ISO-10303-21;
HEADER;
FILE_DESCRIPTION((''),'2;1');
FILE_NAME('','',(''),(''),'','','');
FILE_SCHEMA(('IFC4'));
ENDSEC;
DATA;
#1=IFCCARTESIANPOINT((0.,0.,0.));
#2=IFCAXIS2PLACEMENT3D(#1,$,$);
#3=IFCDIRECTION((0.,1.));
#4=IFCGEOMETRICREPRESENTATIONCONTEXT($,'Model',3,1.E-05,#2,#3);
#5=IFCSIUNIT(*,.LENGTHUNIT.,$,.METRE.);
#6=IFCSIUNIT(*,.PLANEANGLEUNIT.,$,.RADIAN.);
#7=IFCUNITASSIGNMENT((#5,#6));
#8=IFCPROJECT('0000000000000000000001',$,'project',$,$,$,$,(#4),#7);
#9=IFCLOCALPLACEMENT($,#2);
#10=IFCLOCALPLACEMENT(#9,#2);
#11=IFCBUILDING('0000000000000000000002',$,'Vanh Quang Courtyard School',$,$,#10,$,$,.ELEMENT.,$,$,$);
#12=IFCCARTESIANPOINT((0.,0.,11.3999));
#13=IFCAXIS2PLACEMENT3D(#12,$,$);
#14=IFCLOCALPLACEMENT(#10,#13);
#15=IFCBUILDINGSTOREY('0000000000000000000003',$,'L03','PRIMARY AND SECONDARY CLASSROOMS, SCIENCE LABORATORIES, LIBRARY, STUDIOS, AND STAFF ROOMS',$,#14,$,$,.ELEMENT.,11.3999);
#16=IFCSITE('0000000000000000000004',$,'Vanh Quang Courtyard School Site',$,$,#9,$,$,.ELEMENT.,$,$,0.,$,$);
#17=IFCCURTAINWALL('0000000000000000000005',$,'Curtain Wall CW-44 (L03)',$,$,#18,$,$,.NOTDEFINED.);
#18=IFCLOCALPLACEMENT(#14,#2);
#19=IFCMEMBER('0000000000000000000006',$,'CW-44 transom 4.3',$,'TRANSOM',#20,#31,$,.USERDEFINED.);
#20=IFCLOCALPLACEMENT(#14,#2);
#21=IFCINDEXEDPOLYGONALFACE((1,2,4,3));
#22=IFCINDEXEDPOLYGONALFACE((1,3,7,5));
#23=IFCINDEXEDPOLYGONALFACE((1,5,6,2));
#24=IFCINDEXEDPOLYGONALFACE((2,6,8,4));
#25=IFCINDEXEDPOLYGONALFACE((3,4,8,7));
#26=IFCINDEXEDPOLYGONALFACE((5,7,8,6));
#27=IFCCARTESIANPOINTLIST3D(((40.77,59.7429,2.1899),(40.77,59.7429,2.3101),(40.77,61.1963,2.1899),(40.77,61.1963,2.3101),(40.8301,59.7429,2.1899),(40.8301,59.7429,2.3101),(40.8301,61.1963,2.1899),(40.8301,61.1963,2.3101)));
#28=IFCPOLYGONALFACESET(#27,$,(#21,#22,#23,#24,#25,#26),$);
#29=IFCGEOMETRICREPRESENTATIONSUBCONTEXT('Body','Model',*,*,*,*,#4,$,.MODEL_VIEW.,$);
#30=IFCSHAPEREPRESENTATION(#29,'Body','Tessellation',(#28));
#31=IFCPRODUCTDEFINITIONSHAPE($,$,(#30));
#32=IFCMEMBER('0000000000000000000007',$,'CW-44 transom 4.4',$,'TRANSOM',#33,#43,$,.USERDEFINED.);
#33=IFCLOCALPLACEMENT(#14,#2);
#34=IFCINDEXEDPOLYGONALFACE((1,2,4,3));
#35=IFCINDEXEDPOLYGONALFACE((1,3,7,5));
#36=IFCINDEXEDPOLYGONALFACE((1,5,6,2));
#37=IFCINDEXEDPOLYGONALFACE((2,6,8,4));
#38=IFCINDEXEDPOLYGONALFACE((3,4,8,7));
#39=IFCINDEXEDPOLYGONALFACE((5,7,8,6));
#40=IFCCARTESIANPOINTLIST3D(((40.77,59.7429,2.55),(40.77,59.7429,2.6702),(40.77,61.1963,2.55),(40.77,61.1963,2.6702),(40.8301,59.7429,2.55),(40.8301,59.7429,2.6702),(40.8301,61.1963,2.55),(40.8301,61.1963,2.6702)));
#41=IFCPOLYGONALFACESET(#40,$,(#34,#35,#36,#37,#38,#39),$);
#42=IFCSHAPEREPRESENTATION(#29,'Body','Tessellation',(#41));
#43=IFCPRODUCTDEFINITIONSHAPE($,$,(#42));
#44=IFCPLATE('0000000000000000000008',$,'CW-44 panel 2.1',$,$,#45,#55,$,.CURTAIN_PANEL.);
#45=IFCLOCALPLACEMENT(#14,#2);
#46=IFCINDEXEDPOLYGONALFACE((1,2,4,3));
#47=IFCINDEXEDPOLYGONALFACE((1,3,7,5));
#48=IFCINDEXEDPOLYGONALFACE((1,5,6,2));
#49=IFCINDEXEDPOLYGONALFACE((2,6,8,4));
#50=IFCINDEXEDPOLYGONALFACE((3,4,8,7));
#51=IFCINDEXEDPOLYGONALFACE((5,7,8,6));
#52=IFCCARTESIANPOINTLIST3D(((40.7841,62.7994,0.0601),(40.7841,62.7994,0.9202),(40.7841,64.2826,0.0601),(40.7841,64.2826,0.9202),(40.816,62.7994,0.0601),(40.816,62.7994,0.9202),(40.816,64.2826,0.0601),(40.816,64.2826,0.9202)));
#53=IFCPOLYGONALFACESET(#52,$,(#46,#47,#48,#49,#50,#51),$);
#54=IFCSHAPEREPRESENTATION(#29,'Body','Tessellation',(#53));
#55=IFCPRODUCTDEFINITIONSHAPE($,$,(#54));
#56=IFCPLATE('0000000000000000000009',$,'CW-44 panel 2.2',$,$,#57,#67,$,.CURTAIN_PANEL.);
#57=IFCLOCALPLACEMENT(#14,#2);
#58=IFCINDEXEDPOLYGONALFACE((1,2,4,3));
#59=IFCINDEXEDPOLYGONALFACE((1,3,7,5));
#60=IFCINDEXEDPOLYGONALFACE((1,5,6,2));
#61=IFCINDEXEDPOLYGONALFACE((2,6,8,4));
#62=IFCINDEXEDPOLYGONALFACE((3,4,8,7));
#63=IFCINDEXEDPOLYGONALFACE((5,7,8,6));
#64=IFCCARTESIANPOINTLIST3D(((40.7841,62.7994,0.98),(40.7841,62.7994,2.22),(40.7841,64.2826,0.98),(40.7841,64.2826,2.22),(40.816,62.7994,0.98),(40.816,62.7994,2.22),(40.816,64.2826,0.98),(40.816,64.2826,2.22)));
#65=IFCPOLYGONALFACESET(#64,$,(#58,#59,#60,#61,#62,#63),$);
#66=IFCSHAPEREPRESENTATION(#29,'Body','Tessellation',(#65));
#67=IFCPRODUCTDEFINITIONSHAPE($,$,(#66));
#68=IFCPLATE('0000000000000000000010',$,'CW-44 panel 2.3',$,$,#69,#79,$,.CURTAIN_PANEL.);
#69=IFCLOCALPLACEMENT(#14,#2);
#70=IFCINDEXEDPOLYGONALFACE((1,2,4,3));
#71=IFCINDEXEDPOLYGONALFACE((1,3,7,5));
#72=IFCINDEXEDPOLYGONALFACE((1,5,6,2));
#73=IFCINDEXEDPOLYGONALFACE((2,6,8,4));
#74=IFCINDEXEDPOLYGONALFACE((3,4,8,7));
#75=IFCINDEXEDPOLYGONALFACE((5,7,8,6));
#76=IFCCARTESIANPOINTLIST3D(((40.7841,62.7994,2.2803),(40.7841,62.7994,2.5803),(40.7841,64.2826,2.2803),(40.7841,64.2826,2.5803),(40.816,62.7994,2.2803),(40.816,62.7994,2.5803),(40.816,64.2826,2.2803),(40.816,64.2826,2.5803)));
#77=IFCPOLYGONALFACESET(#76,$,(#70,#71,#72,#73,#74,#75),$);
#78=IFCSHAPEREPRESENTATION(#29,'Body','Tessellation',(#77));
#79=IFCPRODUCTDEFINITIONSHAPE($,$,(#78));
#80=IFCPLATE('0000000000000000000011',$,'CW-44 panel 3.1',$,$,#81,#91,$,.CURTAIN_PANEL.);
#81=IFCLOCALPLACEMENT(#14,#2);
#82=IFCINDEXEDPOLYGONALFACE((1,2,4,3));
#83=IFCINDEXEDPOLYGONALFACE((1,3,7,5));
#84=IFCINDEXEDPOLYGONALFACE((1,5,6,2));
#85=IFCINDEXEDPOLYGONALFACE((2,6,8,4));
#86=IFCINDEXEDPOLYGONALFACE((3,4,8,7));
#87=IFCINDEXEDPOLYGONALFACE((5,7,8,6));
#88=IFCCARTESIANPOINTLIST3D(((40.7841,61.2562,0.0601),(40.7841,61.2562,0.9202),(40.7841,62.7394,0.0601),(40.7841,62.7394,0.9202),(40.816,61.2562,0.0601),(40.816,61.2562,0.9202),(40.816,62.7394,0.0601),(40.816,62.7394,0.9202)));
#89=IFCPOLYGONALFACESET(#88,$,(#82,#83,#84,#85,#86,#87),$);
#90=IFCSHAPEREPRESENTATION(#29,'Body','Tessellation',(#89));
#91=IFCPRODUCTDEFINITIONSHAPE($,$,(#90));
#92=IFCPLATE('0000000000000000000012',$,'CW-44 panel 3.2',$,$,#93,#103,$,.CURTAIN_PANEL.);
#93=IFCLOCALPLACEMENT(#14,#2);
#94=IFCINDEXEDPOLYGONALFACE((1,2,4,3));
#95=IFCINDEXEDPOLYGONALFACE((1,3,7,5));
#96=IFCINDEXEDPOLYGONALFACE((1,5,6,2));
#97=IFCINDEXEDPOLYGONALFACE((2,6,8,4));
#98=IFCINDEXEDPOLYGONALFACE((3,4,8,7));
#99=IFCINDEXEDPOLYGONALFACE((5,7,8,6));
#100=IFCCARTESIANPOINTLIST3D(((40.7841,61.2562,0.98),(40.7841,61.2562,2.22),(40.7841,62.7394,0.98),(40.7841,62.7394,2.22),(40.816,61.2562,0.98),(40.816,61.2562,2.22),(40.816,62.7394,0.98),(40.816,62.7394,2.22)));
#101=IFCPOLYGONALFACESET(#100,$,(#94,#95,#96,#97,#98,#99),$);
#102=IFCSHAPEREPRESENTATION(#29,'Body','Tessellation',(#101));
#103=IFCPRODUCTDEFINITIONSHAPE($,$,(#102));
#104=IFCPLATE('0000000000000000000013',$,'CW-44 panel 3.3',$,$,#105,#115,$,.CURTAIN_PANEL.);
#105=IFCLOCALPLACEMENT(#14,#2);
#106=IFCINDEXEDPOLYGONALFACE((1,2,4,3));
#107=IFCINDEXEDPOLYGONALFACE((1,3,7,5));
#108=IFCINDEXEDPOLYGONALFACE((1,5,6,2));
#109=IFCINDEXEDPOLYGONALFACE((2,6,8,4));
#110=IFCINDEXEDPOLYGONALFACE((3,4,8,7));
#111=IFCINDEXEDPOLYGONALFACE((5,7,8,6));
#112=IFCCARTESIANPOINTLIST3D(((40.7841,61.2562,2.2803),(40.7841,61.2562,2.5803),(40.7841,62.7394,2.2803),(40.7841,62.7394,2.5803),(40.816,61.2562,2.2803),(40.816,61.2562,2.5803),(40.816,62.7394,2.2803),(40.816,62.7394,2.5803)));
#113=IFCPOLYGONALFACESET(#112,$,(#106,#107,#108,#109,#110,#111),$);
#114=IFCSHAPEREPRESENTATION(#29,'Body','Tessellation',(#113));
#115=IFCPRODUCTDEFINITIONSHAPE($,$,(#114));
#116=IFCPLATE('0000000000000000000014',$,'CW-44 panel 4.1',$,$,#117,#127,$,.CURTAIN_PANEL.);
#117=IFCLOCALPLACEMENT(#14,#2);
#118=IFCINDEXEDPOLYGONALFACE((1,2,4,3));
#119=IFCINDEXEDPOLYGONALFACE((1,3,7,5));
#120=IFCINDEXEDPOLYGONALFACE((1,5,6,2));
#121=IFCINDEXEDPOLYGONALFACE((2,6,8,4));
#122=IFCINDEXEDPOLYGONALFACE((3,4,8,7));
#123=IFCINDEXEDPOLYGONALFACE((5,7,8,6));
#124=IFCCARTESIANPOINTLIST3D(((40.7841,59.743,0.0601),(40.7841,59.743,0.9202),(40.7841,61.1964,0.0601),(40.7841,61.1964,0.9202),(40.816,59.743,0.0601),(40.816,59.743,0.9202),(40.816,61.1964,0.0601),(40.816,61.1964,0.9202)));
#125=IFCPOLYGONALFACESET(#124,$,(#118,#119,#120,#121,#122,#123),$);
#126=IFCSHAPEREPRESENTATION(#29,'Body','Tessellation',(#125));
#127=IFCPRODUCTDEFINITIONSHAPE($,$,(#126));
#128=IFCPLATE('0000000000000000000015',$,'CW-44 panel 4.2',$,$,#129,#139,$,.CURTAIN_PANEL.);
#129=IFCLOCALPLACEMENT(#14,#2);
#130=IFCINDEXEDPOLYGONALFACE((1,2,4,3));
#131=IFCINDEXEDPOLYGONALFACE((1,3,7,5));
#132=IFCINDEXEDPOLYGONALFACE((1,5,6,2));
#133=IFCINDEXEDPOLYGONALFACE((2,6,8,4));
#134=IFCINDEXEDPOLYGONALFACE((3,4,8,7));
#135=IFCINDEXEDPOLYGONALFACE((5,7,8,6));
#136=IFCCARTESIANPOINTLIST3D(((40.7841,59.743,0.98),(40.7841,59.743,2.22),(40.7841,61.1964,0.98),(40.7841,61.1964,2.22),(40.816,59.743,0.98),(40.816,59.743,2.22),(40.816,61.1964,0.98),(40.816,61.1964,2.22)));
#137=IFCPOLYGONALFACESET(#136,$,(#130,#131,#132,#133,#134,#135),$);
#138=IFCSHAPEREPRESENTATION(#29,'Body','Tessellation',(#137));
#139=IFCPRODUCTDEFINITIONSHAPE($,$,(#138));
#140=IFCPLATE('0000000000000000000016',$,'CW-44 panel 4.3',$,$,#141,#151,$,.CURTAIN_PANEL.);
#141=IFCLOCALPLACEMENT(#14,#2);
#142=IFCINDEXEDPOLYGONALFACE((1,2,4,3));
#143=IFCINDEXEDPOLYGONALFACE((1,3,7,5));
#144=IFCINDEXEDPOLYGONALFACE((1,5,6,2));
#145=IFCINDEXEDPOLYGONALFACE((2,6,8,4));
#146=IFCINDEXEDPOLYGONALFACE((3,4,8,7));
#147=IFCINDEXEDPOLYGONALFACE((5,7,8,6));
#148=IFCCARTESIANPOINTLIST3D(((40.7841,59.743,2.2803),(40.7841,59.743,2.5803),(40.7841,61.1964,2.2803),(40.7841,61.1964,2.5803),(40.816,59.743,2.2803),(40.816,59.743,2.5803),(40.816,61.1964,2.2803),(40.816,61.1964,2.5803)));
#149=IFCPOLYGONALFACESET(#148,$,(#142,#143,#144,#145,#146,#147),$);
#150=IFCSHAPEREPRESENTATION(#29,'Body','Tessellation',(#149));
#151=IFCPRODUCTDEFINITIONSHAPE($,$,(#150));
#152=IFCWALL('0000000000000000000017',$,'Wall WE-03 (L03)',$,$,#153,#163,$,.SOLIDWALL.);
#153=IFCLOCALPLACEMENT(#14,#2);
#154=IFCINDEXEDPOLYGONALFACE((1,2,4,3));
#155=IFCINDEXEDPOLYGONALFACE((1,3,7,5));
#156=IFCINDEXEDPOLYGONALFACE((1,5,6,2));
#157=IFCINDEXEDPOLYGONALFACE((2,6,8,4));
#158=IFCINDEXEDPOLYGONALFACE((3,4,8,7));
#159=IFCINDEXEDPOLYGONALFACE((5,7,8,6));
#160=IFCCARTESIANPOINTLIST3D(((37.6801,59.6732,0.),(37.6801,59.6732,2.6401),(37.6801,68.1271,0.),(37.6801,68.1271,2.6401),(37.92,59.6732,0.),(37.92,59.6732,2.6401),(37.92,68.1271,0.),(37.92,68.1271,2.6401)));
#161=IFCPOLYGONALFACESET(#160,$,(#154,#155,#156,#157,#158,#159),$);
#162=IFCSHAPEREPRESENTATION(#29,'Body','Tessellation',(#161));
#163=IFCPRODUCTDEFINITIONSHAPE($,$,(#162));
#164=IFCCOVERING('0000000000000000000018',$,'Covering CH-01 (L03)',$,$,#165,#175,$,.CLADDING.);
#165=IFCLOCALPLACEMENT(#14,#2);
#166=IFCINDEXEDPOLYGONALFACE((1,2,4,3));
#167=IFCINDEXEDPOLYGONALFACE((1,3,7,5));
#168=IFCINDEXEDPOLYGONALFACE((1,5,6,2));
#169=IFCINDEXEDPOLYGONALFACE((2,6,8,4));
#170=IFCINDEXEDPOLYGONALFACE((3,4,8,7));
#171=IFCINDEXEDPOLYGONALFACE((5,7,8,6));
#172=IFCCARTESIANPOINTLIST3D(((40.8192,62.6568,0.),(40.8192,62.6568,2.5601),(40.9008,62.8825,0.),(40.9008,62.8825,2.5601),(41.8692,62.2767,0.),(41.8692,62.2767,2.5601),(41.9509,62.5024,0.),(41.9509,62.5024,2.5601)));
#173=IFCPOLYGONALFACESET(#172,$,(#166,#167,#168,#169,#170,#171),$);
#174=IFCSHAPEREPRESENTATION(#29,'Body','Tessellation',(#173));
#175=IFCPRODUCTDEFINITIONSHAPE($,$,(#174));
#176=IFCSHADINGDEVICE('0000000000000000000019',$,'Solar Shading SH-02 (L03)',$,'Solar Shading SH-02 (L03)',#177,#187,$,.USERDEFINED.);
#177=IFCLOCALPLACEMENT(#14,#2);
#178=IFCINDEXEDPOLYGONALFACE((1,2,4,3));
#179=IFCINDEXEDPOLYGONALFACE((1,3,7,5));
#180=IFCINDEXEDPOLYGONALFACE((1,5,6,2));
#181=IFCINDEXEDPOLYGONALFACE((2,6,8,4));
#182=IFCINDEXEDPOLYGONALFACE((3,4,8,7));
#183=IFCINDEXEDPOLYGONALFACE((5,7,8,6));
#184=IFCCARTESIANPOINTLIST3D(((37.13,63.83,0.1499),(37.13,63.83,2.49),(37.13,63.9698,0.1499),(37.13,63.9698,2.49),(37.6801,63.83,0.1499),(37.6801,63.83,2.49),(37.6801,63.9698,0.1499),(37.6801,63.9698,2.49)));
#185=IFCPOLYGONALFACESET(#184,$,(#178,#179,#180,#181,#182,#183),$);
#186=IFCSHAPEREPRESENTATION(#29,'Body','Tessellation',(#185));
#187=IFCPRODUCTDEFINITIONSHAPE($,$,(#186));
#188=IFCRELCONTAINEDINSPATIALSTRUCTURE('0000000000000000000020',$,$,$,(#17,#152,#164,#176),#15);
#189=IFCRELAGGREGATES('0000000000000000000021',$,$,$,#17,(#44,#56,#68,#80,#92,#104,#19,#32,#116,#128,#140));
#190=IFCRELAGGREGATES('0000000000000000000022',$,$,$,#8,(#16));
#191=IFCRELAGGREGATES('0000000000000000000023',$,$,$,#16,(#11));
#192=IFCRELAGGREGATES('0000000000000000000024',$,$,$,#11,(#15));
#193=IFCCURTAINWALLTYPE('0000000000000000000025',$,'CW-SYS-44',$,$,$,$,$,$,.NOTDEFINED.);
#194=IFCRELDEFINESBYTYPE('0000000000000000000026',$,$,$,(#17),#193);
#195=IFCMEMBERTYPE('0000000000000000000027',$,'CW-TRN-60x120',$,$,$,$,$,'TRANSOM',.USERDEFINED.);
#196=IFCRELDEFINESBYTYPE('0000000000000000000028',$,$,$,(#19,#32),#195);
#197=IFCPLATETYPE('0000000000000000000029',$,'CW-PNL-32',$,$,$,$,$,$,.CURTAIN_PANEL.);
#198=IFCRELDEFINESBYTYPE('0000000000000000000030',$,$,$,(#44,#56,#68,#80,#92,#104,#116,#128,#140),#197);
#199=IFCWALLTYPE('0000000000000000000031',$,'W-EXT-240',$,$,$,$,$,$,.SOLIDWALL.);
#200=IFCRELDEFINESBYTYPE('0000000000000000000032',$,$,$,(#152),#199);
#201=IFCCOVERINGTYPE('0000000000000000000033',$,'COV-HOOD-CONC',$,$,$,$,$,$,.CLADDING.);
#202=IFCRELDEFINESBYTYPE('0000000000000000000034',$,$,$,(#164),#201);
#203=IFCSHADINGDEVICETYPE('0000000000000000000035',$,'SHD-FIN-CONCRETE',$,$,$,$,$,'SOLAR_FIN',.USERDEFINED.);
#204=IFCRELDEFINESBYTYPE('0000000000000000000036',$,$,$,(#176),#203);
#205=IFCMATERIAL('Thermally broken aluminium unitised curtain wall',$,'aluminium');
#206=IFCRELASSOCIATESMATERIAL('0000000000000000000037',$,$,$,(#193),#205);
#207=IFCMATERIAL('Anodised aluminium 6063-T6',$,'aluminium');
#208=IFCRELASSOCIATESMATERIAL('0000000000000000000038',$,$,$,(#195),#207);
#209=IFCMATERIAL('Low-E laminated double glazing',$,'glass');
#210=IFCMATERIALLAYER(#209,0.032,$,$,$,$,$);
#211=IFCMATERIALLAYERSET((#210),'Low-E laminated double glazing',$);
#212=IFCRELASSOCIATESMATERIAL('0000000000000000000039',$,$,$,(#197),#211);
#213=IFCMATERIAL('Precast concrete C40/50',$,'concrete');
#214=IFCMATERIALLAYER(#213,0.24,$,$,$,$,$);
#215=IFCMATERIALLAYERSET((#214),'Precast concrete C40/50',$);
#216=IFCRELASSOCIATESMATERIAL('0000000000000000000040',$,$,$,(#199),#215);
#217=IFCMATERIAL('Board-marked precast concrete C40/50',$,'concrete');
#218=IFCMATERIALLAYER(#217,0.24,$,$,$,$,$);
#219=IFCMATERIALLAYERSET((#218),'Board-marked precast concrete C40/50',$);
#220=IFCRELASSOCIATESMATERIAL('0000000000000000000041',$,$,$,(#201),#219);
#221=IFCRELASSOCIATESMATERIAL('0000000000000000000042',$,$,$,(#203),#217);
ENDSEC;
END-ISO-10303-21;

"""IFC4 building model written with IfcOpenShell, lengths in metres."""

from ifc_helpers import new_model, si_unit, direction, frame, frame_2d, origin, origin_2d, place, context, subcontext, project, spatial, rectangle, extrude, material, layer, layer_set, material_profile, profile_set, type_object, element, aggregate, save


model = new_model("IFC4")

# Units and contexts
model_context = context("Model", 3, precision=1e-05, world=origin(), true_north=direction((0.0, 1.0)))
body_context = subcontext(model_context, "Body", "Model", "MODEL_VIEW")
ifc_project = project(units=[si_unit("LENGTHUNIT", "METRE"), si_unit("PLANEANGLEUNIT", "RADIAN")], contexts=[model_context])

# Site, building, storey
site_placement = place(None, origin())
site = spatial("IfcSite", under=ifc_project, at=site_placement, Name="Vanh Quang Courtyard School Site", CompositionType="ELEMENT", RefElevation=0.0)
building_placement = place(site_placement, origin())
building = spatial("IfcBuilding", under=site, at=building_placement, Name="Vanh Quang Courtyard School", CompositionType="ELEMENT")
storey_placement = place(building_placement, frame((0.0, 0.0, 11.3999)))
storey = spatial("IfcBuildingStorey", under=building, at=storey_placement, Name="L03", Description="PRIMARY AND SECONDARY CLASSROOMS, SCIENCE LABORATORIES, LIBRARY, STUDIOS, AND STAFF ROOMS", CompositionType="ELEMENT", Elevation=11.3999)

# Curtain wall, members, plates
ifc_material_1 = material(Name="Thermally broken aluminium unitised curtain wall", Category="aluminium")
curtain_wall_type = type_object("IfcCurtainWallType", Name="CW-SYS-44", PredefinedType="NOTDEFINED", material=ifc_material_1)
curtain_wall_placement = place(storey_placement, origin())
curtain_wall = element("IfcCurtainWall", 1, at=curtain_wall_placement, inside=storey, type_object=curtain_wall_type, Name="Curtain Wall CW-44 (L03)", PredefinedType="NOTDEFINED")
ifc_material_2 = material(Name="Anodised aluminium 6063-T6", Category="aluminium")
ifc_material_profile_1 = material_profile(ifc_material_2, rectangle(XDim=0.0601, YDim=0.1201, at=origin_2d()), Name="ALU-TRN 60x120")
ifc_profile_set_1 = profile_set([ifc_material_profile_1], Name="Anodised aluminium 6063-T6")
member_type_1 = type_object("IfcMemberType", Name="CW-TRN-60x120", ElementType="TRANSOM", PredefinedType="USERDEFINED", material=ifc_profile_set_1)
member_1_placement = place(storey_placement, frame((40.8, 61.1963, 2.25), z_axis=(0.0, -1.0, 0.0), x_axis=(1.0, 0.0, 0.0)))
member_1 = element("IfcMember", 2, at=member_1_placement, type_object=member_type_1, Name="CW-44 transom 4.3", ObjectType="TRANSOM", PredefinedType="USERDEFINED", context=body_context, shape_type="SweptSolid", body=[
    extrude(rectangle(XDim=0.0601, YDim=0.1201, at=origin_2d()), origin(), (0.0, 0.0, 1.0), 1.4534),
])
member_2_placement = place(storey_placement, frame((40.8, 61.1963, 2.6101), z_axis=(0.0, -1.0, 0.0), x_axis=(1.0, 0.0, 0.0)))
member_2 = element("IfcMember", 3, at=member_2_placement, type_object=member_type_1, Name="CW-44 transom 4.4", ObjectType="TRANSOM", PredefinedType="USERDEFINED", context=body_context, shape_type="SweptSolid", body=[
    extrude(rectangle(XDim=0.0601, YDim=0.1201, at=origin_2d()), origin(), (0.0, 0.0, 1.0), 1.4534),
])
ifc_material_3 = material(Name="Low-E laminated double glazing", Category="glass")
ifc_layer_1 = layer(ifc_material_3, 0.032)
ifc_layer_set_1 = layer_set([ifc_layer_1], Name="Low-E laminated double glazing")
plate_type = type_object("IfcPlateType", Name="CW-PNL-32", PredefinedType="CURTAIN_PANEL", material=ifc_layer_set_1)
plate_1_placement = place(storey_placement, frame((40.8, 63.541, 0.0601), z_axis=(0.0, 0.0, 1.0), x_axis=(0.0, -1.0, 0.0)))
plate_1 = element("IfcPlate", 4, at=plate_1_placement, type_object=plate_type, Name="CW-44 panel 2.1", PredefinedType="CURTAIN_PANEL", context=body_context, shape_type="SweptSolid", body=[
    extrude(rectangle(XDim=1.4832, YDim=0.032, at=origin_2d()), origin(), (0.0, 0.0, 1.0), 0.8601),
])
plate_2_placement = place(storey_placement, frame((40.8, 63.541, 0.98), z_axis=(0.0, 0.0, 1.0), x_axis=(0.0, -1.0, 0.0)))
plate_2 = element("IfcPlate", 5, at=plate_2_placement, type_object=plate_type, Name="CW-44 panel 2.2", PredefinedType="CURTAIN_PANEL", context=body_context, shape_type="SweptSolid", body=[
    extrude(rectangle(XDim=1.4832, YDim=0.032, at=origin_2d()), origin(), (0.0, 0.0, 1.0), 1.24),
])
plate_3_placement = place(storey_placement, frame((40.8, 63.541, 2.2803), z_axis=(0.0, 0.0, 1.0), x_axis=(0.0, -1.0, 0.0)))
plate_3 = element("IfcPlate", 6, at=plate_3_placement, type_object=plate_type, Name="CW-44 panel 2.3", PredefinedType="CURTAIN_PANEL", context=body_context, shape_type="SweptSolid", body=[
    extrude(rectangle(XDim=1.4832, YDim=0.032, at=origin_2d()), origin(), (0.0, 0.0, 1.0), 0.3),
])
plate_4_placement = place(storey_placement, frame((40.8, 61.9978, 0.0601), z_axis=(0.0, 0.0, 1.0), x_axis=(0.0, -1.0, 0.0)))
plate_4 = element("IfcPlate", 7, at=plate_4_placement, type_object=plate_type, Name="CW-44 panel 3.1", PredefinedType="CURTAIN_PANEL", context=body_context, shape_type="SweptSolid", body=[
    extrude(rectangle(XDim=1.4832, YDim=0.032, at=origin_2d()), origin(), (0.0, 0.0, 1.0), 0.8601),
])
plate_5_placement = place(storey_placement, frame((40.8, 61.9978, 0.98), z_axis=(0.0, 0.0, 1.0), x_axis=(0.0, -1.0, 0.0)))
plate_5 = element("IfcPlate", 8, at=plate_5_placement, type_object=plate_type, Name="CW-44 panel 3.2", PredefinedType="CURTAIN_PANEL", context=body_context, shape_type="SweptSolid", body=[
    extrude(rectangle(XDim=1.4832, YDim=0.032, at=origin_2d()), origin(), (0.0, 0.0, 1.0), 1.24),
])
plate_6_placement = place(storey_placement, frame((40.8, 61.9978, 2.2803), z_axis=(0.0, 0.0, 1.0), x_axis=(0.0, -1.0, 0.0)))
plate_6 = element("IfcPlate", 9, at=plate_6_placement, type_object=plate_type, Name="CW-44 panel 3.3", PredefinedType="CURTAIN_PANEL", context=body_context, shape_type="SweptSolid", body=[
    extrude(rectangle(XDim=1.4832, YDim=0.032, at=origin_2d()), origin(), (0.0, 0.0, 1.0), 0.3),
])
plate_7_placement = place(storey_placement, frame((40.8, 60.4697, 0.0601), z_axis=(0.0, 0.0, 1.0), x_axis=(0.0, -1.0, 0.0)))
plate_7 = element("IfcPlate", 10, at=plate_7_placement, type_object=plate_type, Name="CW-44 panel 4.1", PredefinedType="CURTAIN_PANEL", context=body_context, shape_type="SweptSolid", body=[
    extrude(rectangle(XDim=1.4534, YDim=0.032, at=origin_2d()), origin(), (0.0, 0.0, 1.0), 0.8601),
])
plate_8_placement = place(storey_placement, frame((40.8, 60.4697, 0.98), z_axis=(0.0, 0.0, 1.0), x_axis=(0.0, -1.0, 0.0)))
plate_8 = element("IfcPlate", 11, at=plate_8_placement, type_object=plate_type, Name="CW-44 panel 4.2", PredefinedType="CURTAIN_PANEL", context=body_context, shape_type="SweptSolid", body=[
    extrude(rectangle(XDim=1.4534, YDim=0.032, at=origin_2d()), origin(), (0.0, 0.0, 1.0), 1.24),
])
plate_9_placement = place(storey_placement, frame((40.8, 60.4697, 2.2803), z_axis=(0.0, 0.0, 1.0), x_axis=(0.0, -1.0, 0.0)))
plate_9 = element("IfcPlate", 12, at=plate_9_placement, type_object=plate_type, Name="CW-44 panel 4.3", PredefinedType="CURTAIN_PANEL", context=body_context, shape_type="SweptSolid", body=[
    extrude(rectangle(XDim=1.4534, YDim=0.032, at=origin_2d()), origin(), (0.0, 0.0, 1.0), 0.3),
])
aggregate(curtain_wall, [plate_1, plate_2, plate_3, plate_4, plate_5, plate_6, member_1, member_2, plate_7, plate_8, plate_9])

# Wall
ifc_material_4 = material(Name="Precast concrete C40/50", Category="concrete")
ifc_layer_2 = layer(ifc_material_4, 0.24)
ifc_layer_set_2 = layer_set([ifc_layer_2], Name="Precast concrete C40/50")
wall_type = type_object("IfcWallType", Name="W-EXT-240", PredefinedType="SOLIDWALL", material=ifc_layer_set_2)
wall_placement = place(storey_placement, frame((37.8, 59.6731, 0.0), z_axis=(0.0, 0.0, 1.0), x_axis=(0.0, 1.0, 0.0)))
element("IfcWall", 13, at=wall_placement, inside=storey, type_object=wall_type, Name="Wall WE-03 (L03)", PredefinedType="SOLIDWALL", context=body_context, shape_type="SweptSolid", body=[
    extrude(rectangle(XDim=8.4539, YDim=0.24, at=frame_2d((4.2271, 0.0))), origin(), (0.0, 0.0, 1.0), 2.6401),
])

# Covering
ifc_material_5 = material(Name="Board-marked precast concrete C40/50", Category="concrete")
ifc_layer_3 = layer(ifc_material_5, 0.24)
ifc_layer_set_3 = layer_set([ifc_layer_3], Name="Board-marked precast concrete C40/50")
covering_type = type_object("IfcCoveringType", Name="COV-HOOD-CONC", PredefinedType="CLADDING", material=ifc_layer_set_3)
covering_placement = place(storey_placement, frame((41.385, 62.5796, 0.0), z_axis=(0.0, 0.0, 1.0), x_axis=(0.940288, -0.34038, 0.0)))
element("IfcCovering", 14, at=covering_placement, inside=storey, type_object=covering_type, Name="Covering CH-01 (L03)", PredefinedType="CLADDING", context=body_context, shape_type="SweptSolid", body=[
    extrude(rectangle(XDim=1.1167, YDim=0.24, at=origin_2d()), origin(), (0.0, 0.0, 1.0), 2.5601),
])

# Shading device
shading_device_type = type_object("IfcShadingDeviceType", Name="SHD-FIN-CONCRETE", ElementType="SOLAR_FIN", PredefinedType="USERDEFINED", material=ifc_material_5)
shading_device_placement = place(storey_placement, frame((37.405, 63.8999, 0.1499), z_axis=(0.0, 0.0, 1.0), x_axis=(0.0, 1.0, 0.0)))
element("IfcShadingDevice", 15, at=shading_device_placement, inside=storey, type_object=shading_device_type, Name="Solar Shading SH-02 (L03)", ObjectType="Solar Shading SH-02 (L03)", PredefinedType="USERDEFINED", context=body_context, shape_type="SweptSolid", body=[
    extrude(rectangle(XDim=0.1399, YDim=0.55, at=origin_2d()), origin(), (0.0, 0.0, 1.0), 2.3401),
])

save(model, "model.ifc")
